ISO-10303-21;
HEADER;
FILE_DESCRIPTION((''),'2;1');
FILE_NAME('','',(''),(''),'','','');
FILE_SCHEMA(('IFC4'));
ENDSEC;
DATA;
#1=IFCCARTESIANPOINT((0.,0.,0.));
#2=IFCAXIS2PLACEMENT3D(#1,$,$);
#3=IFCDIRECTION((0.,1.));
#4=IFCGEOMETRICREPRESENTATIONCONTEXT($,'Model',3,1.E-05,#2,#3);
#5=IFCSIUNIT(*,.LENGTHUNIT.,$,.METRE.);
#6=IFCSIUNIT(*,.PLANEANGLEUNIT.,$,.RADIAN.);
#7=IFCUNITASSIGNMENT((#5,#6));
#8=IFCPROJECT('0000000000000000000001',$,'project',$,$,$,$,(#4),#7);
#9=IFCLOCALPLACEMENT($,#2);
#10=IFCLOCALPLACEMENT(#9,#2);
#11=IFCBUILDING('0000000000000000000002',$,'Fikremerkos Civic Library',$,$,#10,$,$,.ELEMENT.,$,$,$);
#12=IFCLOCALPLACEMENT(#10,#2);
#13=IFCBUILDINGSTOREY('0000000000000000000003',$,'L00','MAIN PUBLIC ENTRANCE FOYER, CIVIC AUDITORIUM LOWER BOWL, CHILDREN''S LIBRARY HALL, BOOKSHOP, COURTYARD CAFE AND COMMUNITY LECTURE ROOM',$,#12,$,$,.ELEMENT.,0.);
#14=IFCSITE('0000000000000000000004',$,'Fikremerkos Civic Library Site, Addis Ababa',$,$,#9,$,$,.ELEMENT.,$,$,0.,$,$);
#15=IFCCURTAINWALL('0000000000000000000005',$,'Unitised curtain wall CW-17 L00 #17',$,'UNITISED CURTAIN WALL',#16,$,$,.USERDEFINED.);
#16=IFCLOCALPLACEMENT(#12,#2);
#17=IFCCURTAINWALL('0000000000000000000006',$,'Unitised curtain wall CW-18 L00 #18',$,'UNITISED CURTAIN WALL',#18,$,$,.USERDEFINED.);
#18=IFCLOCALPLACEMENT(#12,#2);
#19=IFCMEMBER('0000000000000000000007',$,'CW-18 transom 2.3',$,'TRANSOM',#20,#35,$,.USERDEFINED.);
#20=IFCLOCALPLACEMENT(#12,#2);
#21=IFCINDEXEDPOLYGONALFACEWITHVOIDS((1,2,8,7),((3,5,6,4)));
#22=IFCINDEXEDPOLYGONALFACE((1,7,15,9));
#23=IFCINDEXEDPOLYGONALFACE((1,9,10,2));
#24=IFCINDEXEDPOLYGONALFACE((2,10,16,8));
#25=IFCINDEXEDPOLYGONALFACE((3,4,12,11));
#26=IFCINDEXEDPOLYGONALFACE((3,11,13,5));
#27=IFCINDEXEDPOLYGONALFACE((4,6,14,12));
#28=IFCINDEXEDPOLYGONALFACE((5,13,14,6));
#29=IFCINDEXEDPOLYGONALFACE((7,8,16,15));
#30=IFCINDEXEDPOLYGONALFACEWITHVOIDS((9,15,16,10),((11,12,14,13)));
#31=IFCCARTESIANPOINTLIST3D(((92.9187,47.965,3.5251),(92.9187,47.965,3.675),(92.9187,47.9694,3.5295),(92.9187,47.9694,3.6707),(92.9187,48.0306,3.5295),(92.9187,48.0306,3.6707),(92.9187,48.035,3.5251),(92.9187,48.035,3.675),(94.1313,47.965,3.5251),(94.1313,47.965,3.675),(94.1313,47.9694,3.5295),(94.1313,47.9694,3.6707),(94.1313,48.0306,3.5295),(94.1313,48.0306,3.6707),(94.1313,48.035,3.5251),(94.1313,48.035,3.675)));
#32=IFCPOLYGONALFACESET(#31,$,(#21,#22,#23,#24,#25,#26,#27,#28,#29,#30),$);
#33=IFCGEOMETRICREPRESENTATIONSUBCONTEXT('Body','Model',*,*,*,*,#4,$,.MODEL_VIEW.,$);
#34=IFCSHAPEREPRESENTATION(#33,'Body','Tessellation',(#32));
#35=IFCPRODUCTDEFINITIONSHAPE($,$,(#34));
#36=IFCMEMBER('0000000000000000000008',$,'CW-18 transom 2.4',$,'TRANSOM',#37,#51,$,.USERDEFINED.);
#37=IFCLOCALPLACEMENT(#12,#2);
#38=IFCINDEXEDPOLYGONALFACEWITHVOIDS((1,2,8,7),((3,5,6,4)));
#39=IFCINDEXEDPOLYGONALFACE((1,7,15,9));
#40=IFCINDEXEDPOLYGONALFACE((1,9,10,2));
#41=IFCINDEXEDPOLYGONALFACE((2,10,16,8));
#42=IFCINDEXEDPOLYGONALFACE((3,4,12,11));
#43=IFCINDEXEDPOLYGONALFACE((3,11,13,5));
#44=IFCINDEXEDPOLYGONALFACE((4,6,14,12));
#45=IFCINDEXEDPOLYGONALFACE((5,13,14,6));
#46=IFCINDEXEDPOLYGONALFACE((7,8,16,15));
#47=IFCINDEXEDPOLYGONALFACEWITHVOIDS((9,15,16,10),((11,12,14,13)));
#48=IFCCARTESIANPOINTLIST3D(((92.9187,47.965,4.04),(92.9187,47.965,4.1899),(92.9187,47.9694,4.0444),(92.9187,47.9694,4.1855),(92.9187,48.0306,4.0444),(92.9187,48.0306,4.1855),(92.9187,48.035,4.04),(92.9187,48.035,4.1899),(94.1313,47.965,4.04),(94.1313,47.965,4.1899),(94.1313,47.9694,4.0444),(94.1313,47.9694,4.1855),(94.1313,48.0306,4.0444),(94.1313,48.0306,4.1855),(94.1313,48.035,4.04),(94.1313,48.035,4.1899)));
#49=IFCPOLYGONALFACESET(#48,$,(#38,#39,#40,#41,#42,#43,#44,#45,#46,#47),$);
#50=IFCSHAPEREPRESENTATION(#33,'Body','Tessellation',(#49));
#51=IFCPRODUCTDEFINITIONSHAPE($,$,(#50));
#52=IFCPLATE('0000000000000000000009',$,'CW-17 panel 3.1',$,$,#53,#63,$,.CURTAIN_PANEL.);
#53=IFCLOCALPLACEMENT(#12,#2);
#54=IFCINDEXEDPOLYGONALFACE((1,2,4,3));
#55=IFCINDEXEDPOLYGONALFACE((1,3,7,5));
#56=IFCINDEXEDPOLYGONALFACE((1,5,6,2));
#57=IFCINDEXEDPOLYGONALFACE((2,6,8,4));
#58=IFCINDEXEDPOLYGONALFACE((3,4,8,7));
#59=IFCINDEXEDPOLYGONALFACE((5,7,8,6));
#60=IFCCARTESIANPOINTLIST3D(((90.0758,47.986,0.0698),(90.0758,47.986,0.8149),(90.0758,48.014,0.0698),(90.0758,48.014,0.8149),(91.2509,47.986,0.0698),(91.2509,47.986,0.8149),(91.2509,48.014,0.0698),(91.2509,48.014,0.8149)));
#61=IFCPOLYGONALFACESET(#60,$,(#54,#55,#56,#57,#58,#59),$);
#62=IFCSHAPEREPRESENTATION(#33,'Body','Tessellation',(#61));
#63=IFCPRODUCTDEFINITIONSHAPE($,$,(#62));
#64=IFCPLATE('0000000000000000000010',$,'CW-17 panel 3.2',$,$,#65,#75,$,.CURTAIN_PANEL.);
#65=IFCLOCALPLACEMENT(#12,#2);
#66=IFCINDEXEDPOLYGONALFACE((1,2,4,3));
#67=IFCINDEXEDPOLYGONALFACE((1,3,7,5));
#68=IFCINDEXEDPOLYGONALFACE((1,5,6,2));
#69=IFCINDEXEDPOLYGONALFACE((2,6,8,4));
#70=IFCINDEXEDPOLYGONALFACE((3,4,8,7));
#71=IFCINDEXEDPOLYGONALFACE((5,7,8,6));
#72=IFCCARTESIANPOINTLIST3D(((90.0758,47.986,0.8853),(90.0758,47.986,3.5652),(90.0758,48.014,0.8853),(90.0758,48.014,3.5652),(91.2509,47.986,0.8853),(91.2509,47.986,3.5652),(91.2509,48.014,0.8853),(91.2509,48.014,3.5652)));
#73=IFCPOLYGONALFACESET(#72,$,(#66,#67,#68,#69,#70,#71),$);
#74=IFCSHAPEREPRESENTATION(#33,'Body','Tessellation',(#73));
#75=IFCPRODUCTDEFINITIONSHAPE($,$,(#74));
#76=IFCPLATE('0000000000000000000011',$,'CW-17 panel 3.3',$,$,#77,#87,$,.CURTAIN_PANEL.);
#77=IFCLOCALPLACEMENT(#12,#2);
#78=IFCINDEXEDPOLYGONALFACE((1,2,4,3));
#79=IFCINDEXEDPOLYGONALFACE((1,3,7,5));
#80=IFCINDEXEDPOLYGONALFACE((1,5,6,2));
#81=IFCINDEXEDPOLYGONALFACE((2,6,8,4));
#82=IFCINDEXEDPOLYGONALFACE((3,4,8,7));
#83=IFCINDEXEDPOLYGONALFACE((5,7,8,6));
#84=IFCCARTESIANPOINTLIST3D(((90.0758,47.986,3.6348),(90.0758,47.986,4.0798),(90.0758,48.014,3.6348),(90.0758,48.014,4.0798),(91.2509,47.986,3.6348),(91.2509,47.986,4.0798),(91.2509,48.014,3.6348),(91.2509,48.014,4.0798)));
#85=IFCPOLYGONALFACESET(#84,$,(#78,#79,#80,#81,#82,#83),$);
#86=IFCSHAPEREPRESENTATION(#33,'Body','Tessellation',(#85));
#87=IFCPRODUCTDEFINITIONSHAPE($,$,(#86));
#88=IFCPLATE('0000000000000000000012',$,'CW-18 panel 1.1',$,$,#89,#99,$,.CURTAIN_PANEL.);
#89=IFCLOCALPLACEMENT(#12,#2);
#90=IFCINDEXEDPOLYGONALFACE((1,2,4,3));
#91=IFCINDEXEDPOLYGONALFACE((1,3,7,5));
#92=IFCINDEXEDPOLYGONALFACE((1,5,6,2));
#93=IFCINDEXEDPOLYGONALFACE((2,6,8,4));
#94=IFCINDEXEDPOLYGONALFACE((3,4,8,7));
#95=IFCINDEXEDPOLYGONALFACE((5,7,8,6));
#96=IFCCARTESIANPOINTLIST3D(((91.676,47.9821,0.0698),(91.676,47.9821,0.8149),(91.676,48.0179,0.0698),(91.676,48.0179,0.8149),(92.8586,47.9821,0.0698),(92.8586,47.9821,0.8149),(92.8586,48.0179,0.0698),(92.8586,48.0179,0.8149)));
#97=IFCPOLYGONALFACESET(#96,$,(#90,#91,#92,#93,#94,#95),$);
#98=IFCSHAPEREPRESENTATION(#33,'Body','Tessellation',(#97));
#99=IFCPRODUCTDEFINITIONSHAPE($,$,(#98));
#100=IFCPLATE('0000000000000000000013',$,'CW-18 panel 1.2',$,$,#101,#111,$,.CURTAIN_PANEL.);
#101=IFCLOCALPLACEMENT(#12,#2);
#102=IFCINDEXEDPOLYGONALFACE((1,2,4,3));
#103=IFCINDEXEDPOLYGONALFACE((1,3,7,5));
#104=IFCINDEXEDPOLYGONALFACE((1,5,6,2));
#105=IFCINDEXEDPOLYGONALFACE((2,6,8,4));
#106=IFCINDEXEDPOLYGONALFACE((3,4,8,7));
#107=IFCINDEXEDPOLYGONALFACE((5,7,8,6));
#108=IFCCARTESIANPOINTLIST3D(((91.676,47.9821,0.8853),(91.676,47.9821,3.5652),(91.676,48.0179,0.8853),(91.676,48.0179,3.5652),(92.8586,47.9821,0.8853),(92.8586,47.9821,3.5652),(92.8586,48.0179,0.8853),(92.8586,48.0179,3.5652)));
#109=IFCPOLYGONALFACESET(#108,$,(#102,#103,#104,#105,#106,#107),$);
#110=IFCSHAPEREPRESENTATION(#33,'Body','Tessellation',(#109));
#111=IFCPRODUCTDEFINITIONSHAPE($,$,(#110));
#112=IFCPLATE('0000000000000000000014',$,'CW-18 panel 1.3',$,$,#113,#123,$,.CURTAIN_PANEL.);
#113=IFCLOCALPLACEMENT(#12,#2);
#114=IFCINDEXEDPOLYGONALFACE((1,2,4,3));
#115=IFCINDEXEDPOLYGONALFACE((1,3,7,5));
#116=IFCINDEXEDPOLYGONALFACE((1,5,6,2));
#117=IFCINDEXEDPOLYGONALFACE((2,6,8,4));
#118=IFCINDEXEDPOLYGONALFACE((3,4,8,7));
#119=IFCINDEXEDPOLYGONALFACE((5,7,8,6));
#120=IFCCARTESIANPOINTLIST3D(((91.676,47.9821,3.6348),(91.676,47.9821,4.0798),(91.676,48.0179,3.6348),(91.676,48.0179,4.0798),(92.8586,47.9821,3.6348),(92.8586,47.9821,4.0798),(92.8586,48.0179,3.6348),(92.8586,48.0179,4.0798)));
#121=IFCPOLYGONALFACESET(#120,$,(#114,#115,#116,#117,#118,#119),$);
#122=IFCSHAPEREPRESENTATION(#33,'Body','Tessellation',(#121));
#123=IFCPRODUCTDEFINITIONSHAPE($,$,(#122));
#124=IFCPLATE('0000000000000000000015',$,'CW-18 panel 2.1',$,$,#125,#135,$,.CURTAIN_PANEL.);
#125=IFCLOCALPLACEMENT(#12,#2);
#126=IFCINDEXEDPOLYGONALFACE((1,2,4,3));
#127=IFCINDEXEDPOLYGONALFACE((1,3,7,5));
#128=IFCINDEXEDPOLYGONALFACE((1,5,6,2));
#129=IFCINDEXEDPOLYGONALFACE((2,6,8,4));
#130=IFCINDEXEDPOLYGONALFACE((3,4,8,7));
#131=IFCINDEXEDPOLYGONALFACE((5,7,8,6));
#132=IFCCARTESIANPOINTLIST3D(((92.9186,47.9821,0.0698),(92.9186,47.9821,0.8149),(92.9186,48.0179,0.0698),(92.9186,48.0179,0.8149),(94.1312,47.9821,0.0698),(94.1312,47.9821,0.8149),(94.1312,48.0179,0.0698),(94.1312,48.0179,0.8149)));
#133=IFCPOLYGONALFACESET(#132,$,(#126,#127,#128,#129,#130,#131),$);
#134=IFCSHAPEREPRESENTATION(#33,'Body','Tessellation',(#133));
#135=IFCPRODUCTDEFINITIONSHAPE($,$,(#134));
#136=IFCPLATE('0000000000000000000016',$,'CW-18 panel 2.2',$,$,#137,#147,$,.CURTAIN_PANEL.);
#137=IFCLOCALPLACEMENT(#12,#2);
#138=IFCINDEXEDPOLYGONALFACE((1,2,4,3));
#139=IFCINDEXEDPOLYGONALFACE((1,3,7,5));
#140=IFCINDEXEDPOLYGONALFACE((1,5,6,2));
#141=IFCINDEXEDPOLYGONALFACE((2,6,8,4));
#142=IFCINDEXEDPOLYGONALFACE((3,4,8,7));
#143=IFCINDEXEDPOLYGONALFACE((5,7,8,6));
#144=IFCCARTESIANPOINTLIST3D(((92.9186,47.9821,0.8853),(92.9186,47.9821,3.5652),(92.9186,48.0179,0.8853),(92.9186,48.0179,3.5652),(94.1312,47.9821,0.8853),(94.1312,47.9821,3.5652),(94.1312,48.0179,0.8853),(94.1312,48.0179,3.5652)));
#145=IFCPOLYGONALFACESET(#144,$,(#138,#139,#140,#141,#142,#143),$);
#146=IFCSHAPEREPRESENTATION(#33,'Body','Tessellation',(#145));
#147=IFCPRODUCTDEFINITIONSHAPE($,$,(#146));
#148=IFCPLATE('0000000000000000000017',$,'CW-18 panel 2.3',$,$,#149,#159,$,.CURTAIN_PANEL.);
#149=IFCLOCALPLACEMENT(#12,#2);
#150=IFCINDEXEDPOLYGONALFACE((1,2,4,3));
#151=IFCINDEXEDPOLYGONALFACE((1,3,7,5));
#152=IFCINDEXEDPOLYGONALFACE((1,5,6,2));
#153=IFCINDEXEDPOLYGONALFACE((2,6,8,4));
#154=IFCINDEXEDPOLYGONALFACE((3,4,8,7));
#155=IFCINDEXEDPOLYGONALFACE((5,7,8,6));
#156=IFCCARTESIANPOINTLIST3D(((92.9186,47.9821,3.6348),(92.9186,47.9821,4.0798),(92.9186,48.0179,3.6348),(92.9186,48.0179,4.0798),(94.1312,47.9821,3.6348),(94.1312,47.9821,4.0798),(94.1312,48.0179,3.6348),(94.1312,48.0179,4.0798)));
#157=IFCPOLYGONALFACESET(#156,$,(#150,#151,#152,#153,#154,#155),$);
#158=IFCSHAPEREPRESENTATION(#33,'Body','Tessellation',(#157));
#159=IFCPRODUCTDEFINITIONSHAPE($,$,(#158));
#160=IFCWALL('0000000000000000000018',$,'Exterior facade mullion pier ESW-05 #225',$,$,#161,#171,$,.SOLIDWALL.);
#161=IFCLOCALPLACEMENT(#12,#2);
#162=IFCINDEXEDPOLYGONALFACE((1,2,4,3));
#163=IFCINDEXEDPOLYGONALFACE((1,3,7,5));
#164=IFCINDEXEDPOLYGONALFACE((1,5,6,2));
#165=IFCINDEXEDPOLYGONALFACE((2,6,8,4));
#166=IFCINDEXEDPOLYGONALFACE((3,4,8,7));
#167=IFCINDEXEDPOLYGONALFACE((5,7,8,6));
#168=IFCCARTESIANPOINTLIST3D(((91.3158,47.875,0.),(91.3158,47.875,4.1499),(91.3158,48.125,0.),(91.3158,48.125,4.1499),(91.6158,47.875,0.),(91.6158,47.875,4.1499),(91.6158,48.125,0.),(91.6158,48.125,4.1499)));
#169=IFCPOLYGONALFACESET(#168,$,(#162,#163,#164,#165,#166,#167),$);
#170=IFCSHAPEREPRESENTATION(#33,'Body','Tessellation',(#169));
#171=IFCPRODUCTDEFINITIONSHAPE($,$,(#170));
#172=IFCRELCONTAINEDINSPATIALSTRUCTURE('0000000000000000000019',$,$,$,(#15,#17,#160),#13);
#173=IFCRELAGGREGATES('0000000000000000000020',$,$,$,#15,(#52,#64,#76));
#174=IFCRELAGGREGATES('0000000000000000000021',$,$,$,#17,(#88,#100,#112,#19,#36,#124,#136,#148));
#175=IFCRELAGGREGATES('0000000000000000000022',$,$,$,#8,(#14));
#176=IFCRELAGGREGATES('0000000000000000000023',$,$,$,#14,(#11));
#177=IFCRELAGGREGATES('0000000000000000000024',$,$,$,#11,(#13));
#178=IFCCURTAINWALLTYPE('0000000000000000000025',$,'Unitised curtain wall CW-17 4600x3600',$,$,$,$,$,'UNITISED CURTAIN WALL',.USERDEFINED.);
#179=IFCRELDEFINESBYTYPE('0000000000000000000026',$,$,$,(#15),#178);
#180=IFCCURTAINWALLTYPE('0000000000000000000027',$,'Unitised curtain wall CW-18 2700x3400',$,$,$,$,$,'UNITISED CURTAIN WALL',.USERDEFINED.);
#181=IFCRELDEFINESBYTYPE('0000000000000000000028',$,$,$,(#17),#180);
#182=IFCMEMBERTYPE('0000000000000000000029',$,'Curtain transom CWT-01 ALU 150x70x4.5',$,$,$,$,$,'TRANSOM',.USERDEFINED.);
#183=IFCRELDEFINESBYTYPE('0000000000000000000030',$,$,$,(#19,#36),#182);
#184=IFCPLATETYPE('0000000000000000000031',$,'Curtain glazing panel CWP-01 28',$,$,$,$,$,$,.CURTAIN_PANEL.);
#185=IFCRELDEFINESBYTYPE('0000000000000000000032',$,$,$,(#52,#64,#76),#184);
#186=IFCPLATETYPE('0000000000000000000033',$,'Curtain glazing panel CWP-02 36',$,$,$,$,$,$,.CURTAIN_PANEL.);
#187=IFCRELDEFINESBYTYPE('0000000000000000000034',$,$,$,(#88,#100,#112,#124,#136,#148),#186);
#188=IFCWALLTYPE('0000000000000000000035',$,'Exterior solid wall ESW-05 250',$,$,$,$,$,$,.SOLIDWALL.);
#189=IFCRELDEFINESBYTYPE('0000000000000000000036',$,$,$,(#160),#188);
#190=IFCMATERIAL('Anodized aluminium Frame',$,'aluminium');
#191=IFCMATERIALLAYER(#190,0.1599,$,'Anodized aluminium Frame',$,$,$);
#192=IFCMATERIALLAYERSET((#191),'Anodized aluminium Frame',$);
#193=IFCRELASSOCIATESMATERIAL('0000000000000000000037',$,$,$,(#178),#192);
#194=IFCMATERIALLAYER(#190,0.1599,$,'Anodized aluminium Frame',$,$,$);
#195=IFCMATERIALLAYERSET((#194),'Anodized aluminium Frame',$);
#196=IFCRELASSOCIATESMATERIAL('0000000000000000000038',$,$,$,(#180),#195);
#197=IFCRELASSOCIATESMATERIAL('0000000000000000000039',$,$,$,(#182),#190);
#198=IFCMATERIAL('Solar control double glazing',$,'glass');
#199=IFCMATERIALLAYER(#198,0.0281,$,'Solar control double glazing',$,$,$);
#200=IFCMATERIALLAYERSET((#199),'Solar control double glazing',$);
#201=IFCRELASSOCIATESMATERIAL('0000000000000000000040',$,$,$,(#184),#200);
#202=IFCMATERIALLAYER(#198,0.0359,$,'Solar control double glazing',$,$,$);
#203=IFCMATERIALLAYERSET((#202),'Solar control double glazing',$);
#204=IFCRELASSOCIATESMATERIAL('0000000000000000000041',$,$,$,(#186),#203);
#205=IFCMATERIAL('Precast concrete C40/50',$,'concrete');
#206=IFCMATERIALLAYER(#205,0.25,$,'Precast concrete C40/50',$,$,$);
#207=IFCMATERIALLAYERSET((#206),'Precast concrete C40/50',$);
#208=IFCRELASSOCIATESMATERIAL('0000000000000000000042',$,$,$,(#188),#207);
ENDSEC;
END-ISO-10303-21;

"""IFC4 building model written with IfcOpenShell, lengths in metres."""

from ifc_helpers import new_model, si_unit, direction, frame, frame_2d, origin, origin_2d, place, context, subcontext, project, spatial, rectangle, hollow_rectangle, extrude, material, layer, layer_set, material_profile, profile_set, type_object, element, aggregate, save


model = new_model("IFC4")

# Units and contexts
model_context = context("Model", 3, precision=1e-05, world=origin(), true_north=direction((0.0, 1.0)))
body_context = subcontext(model_context, "Body", "Model", "MODEL_VIEW")
ifc_project = project(units=[si_unit("LENGTHUNIT", "METRE"), si_unit("PLANEANGLEUNIT", "RADIAN")], contexts=[model_context])

# Site, building, storey
site_placement = place(None, origin())
site = spatial("IfcSite", under=ifc_project, at=site_placement, Name="Fikremerkos Civic Library Site, Addis Ababa", CompositionType="ELEMENT", RefElevation=0.0)
building_placement = place(site_placement, origin())
building = spatial("IfcBuilding", under=site, at=building_placement, Name="Fikremerkos Civic Library", CompositionType="ELEMENT")
storey_placement = place(building_placement, origin())
storey = spatial("IfcBuildingStorey", under=building, at=storey_placement, Name="L00", Description="MAIN PUBLIC ENTRANCE FOYER, CIVIC AUDITORIUM LOWER BOWL, CHILDREN'S LIBRARY HALL, BOOKSHOP, COURTYARD CAFE AND COMMUNITY LECTURE ROOM", CompositionType="ELEMENT", Elevation=0.0)

# Curtain wall
ifc_material_1 = material(Name="Anodized aluminium Frame", Category="aluminium")
ifc_layer_1 = layer(ifc_material_1, 0.1599, Name="Anodized aluminium Frame")
ifc_layer_set_1 = layer_set([ifc_layer_1], Name="Anodized aluminium Frame")
curtain_wall_type_1 = type_object("IfcCurtainWallType", Name="Unitised curtain wall CW-17 4600x3600", ElementType="UNITISED CURTAIN WALL", PredefinedType="USERDEFINED", material=ifc_layer_set_1)
curtain_wall_1_placement = place(storey_placement, origin())
curtain_wall_1 = element("IfcCurtainWall", 1, at=curtain_wall_1_placement, inside=storey, type_object=curtain_wall_type_1, Name="Unitised curtain wall CW-17 L00 #17", ObjectType="UNITISED CURTAIN WALL", PredefinedType="USERDEFINED")

# Curtain wall
ifc_layer_2 = layer(ifc_material_1, 0.1599, Name="Anodized aluminium Frame")
ifc_layer_set_2 = layer_set([ifc_layer_2], Name="Anodized aluminium Frame")
curtain_wall_type_2 = type_object("IfcCurtainWallType", Name="Unitised curtain wall CW-18 2700x3400", ElementType="UNITISED CURTAIN WALL", PredefinedType="USERDEFINED", material=ifc_layer_set_2)
curtain_wall_2_placement = place(storey_placement, origin())
curtain_wall_2 = element("IfcCurtainWall", 2, at=curtain_wall_2_placement, inside=storey, type_object=curtain_wall_type_2, Name="Unitised curtain wall CW-18 L00 #18", ObjectType="UNITISED CURTAIN WALL", PredefinedType="USERDEFINED")

# Members
ifc_material_profile_1 = material_profile(ifc_material_1, hollow_rectangle(XDim=0.0701, YDim=0.1499, WallThickness=0.0044, at=origin_2d()), Name="ALU 150x70x4.5")
ifc_profile_set_1 = profile_set([ifc_material_profile_1], Name="Anodized aluminium Frame")
member_type_1 = type_object("IfcMemberType", Name="Curtain transom CWT-01 ALU 150x70x4.5", ElementType="TRANSOM", PredefinedType="USERDEFINED", material=ifc_profile_set_1)
member_1_placement = place(storey_placement, frame((92.9187, 48.0, 3.6001), z_axis=(1.0, 0.0, 0.0), x_axis=(0.0, 1.0, 0.0)))
member_1 = element("IfcMember", 3, at=member_1_placement, type_object=member_type_1, Name="CW-18 transom 2.3", ObjectType="TRANSOM", PredefinedType="USERDEFINED", context=body_context, shape_type="SweptSolid", body=[
    extrude(hollow_rectangle(XDim=0.0701, YDim=0.1499, WallThickness=0.0044, at=origin_2d()), origin(), (0.0, 0.0, 1.0), 1.2126),
])
member_2_placement = place(storey_placement, frame((92.9187, 48.0, 4.115), z_axis=(1.0, 0.0, 0.0), x_axis=(0.0, 1.0, 0.0)))
member_2 = element("IfcMember", 4, at=member_2_placement, type_object=member_type_1, Name="CW-18 transom 2.4", ObjectType="TRANSOM", PredefinedType="USERDEFINED", context=body_context, shape_type="SweptSolid", body=[
    extrude(hollow_rectangle(XDim=0.0701, YDim=0.1499, WallThickness=0.0044, at=origin_2d()), origin(), (0.0, 0.0, 1.0), 1.2126),
])

# Plates
ifc_material_2 = material(Name="Solar control double glazing", Category="glass")
ifc_layer_3 = layer(ifc_material_2, 0.0281, Name="Solar control double glazing")
ifc_layer_set_3 = layer_set([ifc_layer_3], Name="Solar control double glazing")
plate_type_1 = type_object("IfcPlateType", Name="Curtain glazing panel CWP-01 28", PredefinedType="CURTAIN_PANEL", material=ifc_layer_set_3)
plate_1_placement = place(storey_placement, frame((90.6633, 48.0, 0.0698), z_axis=(0.0, 0.0, 1.0), x_axis=(1.0, 0.0, 0.0)))
plate_1 = element("IfcPlate", 5, at=plate_1_placement, type_object=plate_type_1, Name="CW-17 panel 3.1", PredefinedType="CURTAIN_PANEL", context=body_context, shape_type="SweptSolid", body=[
    extrude(rectangle(XDim=1.175, YDim=0.0281, at=origin_2d()), origin(), (0.0, 0.0, 1.0), 0.7451),
])
plate_2_placement = place(storey_placement, frame((90.6633, 48.0, 0.8853), z_axis=(0.0, 0.0, 1.0), x_axis=(1.0, 0.0, 0.0)))
plate_2 = element("IfcPlate", 6, at=plate_2_placement, type_object=plate_type_1, Name="CW-17 panel 3.2", PredefinedType="CURTAIN_PANEL", context=body_context, shape_type="SweptSolid", body=[
    extrude(rectangle(XDim=1.175, YDim=0.0281, at=origin_2d()), origin(), (0.0, 0.0, 1.0), 2.6799),
])
plate_3_placement = place(storey_placement, frame((90.6633, 48.0, 3.6348), z_axis=(0.0, 0.0, 1.0), x_axis=(1.0, 0.0, 0.0)))
plate_3 = element("IfcPlate", 7, at=plate_3_placement, type_object=plate_type_1, Name="CW-17 panel 3.3", PredefinedType="CURTAIN_PANEL", context=body_context, shape_type="SweptSolid", body=[
    extrude(rectangle(XDim=1.175, YDim=0.0281, at=origin_2d()), origin(), (0.0, 0.0, 1.0), 0.4451),
])
aggregate(curtain_wall_1, [plate_1, plate_2, plate_3])
ifc_layer_4 = layer(ifc_material_2, 0.0359, Name="Solar control double glazing")
ifc_layer_set_4 = layer_set([ifc_layer_4], Name="Solar control double glazing")
plate_type_2 = type_object("IfcPlateType", Name="Curtain glazing panel CWP-02 36", PredefinedType="CURTAIN_PANEL", material=ifc_layer_set_4)
plate_4_placement = place(storey_placement, frame((92.2673, 48.0, 0.0698), z_axis=(0.0, 0.0, 1.0), x_axis=(1.0, 0.0, 0.0)))
plate_4 = element("IfcPlate", 8, at=plate_4_placement, type_object=plate_type_2, Name="CW-18 panel 1.1", PredefinedType="CURTAIN_PANEL", context=body_context, shape_type="SweptSolid", body=[
    extrude(rectangle(XDim=1.1826, YDim=0.0359, at=origin_2d()), origin(), (0.0, 0.0, 1.0), 0.7451),
])
plate_5_placement = place(storey_placement, frame((92.2673, 48.0, 0.8853), z_axis=(0.0, 0.0, 1.0), x_axis=(1.0, 0.0, 0.0)))
plate_5 = element("IfcPlate", 9, at=plate_5_placement, type_object=plate_type_2, Name="CW-18 panel 1.2", PredefinedType="CURTAIN_PANEL", context=body_context, shape_type="SweptSolid", body=[
    extrude(rectangle(XDim=1.1826, YDim=0.0359, at=origin_2d()), origin(), (0.0, 0.0, 1.0), 2.6799),
])
plate_6_placement = place(storey_placement, frame((92.2673, 48.0, 3.6348), z_axis=(0.0, 0.0, 1.0), x_axis=(1.0, 0.0, 0.0)))
plate_6 = element("IfcPlate", 10, at=plate_6_placement, type_object=plate_type_2, Name="CW-18 panel 1.3", PredefinedType="CURTAIN_PANEL", context=body_context, shape_type="SweptSolid", body=[
    extrude(rectangle(XDim=1.1826, YDim=0.0359, at=origin_2d()), origin(), (0.0, 0.0, 1.0), 0.4451),
])
plate_7_placement = place(storey_placement, frame((93.5249, 48.0, 0.0698), z_axis=(0.0, 0.0, 1.0), x_axis=(1.0, 0.0, 0.0)))
plate_7 = element("IfcPlate", 11, at=plate_7_placement, type_object=plate_type_2, Name="CW-18 panel 2.1", PredefinedType="CURTAIN_PANEL", context=body_context, shape_type="SweptSolid", body=[
    extrude(rectangle(XDim=1.2126, YDim=0.0359, at=origin_2d()), origin(), (0.0, 0.0, 1.0), 0.7451),
])
plate_8_placement = place(storey_placement, frame((93.5249, 48.0, 0.8853), z_axis=(0.0, 0.0, 1.0), x_axis=(1.0, 0.0, 0.0)))
plate_8 = element("IfcPlate", 12, at=plate_8_placement, type_object=plate_type_2, Name="CW-18 panel 2.2", PredefinedType="CURTAIN_PANEL", context=body_context, shape_type="SweptSolid", body=[
    extrude(rectangle(XDim=1.2126, YDim=0.0359, at=origin_2d()), origin(), (0.0, 0.0, 1.0), 2.6799),
])
plate_9_placement = place(storey_placement, frame((93.5249, 48.0, 3.6348), z_axis=(0.0, 0.0, 1.0), x_axis=(1.0, 0.0, 0.0)))
plate_9 = element("IfcPlate", 13, at=plate_9_placement, type_object=plate_type_2, Name="CW-18 panel 2.3", PredefinedType="CURTAIN_PANEL", context=body_context, shape_type="SweptSolid", body=[
    extrude(rectangle(XDim=1.2126, YDim=0.0359, at=origin_2d()), origin(), (0.0, 0.0, 1.0), 0.4451),
])
aggregate(curtain_wall_2, [plate_4, plate_5, plate_6, member_1, member_2, plate_7, plate_8, plate_9])

# Wall
ifc_material_3 = material(Name="Precast concrete C40/50", Category="concrete")
ifc_layer_5 = layer(ifc_material_3, 0.25, Name="Precast concrete C40/50")
ifc_layer_set_5 = layer_set([ifc_layer_5], Name="Precast concrete C40/50")
wall_type = type_object("IfcWallType", Name="Exterior solid wall ESW-05 250", PredefinedType="SOLIDWALL", material=ifc_layer_set_5)
wall_placement = place(storey_placement, frame((91.3159, 48.0, 0.0), z_axis=(0.0, 0.0, 1.0), x_axis=(1.0, 0.0, 0.0)))
element("IfcWall", 14, at=wall_placement, inside=storey, type_object=wall_type, Name="Exterior facade mullion pier ESW-05 #225", PredefinedType="SOLIDWALL", context=body_context, shape_type="SweptSolid", body=[
    extrude(rectangle(XDim=0.3, YDim=0.25, at=frame_2d((0.1499, 0.0))), origin(), (0.0, 0.0, 1.0), 4.1499),
])

save(model, "model.ifc")
